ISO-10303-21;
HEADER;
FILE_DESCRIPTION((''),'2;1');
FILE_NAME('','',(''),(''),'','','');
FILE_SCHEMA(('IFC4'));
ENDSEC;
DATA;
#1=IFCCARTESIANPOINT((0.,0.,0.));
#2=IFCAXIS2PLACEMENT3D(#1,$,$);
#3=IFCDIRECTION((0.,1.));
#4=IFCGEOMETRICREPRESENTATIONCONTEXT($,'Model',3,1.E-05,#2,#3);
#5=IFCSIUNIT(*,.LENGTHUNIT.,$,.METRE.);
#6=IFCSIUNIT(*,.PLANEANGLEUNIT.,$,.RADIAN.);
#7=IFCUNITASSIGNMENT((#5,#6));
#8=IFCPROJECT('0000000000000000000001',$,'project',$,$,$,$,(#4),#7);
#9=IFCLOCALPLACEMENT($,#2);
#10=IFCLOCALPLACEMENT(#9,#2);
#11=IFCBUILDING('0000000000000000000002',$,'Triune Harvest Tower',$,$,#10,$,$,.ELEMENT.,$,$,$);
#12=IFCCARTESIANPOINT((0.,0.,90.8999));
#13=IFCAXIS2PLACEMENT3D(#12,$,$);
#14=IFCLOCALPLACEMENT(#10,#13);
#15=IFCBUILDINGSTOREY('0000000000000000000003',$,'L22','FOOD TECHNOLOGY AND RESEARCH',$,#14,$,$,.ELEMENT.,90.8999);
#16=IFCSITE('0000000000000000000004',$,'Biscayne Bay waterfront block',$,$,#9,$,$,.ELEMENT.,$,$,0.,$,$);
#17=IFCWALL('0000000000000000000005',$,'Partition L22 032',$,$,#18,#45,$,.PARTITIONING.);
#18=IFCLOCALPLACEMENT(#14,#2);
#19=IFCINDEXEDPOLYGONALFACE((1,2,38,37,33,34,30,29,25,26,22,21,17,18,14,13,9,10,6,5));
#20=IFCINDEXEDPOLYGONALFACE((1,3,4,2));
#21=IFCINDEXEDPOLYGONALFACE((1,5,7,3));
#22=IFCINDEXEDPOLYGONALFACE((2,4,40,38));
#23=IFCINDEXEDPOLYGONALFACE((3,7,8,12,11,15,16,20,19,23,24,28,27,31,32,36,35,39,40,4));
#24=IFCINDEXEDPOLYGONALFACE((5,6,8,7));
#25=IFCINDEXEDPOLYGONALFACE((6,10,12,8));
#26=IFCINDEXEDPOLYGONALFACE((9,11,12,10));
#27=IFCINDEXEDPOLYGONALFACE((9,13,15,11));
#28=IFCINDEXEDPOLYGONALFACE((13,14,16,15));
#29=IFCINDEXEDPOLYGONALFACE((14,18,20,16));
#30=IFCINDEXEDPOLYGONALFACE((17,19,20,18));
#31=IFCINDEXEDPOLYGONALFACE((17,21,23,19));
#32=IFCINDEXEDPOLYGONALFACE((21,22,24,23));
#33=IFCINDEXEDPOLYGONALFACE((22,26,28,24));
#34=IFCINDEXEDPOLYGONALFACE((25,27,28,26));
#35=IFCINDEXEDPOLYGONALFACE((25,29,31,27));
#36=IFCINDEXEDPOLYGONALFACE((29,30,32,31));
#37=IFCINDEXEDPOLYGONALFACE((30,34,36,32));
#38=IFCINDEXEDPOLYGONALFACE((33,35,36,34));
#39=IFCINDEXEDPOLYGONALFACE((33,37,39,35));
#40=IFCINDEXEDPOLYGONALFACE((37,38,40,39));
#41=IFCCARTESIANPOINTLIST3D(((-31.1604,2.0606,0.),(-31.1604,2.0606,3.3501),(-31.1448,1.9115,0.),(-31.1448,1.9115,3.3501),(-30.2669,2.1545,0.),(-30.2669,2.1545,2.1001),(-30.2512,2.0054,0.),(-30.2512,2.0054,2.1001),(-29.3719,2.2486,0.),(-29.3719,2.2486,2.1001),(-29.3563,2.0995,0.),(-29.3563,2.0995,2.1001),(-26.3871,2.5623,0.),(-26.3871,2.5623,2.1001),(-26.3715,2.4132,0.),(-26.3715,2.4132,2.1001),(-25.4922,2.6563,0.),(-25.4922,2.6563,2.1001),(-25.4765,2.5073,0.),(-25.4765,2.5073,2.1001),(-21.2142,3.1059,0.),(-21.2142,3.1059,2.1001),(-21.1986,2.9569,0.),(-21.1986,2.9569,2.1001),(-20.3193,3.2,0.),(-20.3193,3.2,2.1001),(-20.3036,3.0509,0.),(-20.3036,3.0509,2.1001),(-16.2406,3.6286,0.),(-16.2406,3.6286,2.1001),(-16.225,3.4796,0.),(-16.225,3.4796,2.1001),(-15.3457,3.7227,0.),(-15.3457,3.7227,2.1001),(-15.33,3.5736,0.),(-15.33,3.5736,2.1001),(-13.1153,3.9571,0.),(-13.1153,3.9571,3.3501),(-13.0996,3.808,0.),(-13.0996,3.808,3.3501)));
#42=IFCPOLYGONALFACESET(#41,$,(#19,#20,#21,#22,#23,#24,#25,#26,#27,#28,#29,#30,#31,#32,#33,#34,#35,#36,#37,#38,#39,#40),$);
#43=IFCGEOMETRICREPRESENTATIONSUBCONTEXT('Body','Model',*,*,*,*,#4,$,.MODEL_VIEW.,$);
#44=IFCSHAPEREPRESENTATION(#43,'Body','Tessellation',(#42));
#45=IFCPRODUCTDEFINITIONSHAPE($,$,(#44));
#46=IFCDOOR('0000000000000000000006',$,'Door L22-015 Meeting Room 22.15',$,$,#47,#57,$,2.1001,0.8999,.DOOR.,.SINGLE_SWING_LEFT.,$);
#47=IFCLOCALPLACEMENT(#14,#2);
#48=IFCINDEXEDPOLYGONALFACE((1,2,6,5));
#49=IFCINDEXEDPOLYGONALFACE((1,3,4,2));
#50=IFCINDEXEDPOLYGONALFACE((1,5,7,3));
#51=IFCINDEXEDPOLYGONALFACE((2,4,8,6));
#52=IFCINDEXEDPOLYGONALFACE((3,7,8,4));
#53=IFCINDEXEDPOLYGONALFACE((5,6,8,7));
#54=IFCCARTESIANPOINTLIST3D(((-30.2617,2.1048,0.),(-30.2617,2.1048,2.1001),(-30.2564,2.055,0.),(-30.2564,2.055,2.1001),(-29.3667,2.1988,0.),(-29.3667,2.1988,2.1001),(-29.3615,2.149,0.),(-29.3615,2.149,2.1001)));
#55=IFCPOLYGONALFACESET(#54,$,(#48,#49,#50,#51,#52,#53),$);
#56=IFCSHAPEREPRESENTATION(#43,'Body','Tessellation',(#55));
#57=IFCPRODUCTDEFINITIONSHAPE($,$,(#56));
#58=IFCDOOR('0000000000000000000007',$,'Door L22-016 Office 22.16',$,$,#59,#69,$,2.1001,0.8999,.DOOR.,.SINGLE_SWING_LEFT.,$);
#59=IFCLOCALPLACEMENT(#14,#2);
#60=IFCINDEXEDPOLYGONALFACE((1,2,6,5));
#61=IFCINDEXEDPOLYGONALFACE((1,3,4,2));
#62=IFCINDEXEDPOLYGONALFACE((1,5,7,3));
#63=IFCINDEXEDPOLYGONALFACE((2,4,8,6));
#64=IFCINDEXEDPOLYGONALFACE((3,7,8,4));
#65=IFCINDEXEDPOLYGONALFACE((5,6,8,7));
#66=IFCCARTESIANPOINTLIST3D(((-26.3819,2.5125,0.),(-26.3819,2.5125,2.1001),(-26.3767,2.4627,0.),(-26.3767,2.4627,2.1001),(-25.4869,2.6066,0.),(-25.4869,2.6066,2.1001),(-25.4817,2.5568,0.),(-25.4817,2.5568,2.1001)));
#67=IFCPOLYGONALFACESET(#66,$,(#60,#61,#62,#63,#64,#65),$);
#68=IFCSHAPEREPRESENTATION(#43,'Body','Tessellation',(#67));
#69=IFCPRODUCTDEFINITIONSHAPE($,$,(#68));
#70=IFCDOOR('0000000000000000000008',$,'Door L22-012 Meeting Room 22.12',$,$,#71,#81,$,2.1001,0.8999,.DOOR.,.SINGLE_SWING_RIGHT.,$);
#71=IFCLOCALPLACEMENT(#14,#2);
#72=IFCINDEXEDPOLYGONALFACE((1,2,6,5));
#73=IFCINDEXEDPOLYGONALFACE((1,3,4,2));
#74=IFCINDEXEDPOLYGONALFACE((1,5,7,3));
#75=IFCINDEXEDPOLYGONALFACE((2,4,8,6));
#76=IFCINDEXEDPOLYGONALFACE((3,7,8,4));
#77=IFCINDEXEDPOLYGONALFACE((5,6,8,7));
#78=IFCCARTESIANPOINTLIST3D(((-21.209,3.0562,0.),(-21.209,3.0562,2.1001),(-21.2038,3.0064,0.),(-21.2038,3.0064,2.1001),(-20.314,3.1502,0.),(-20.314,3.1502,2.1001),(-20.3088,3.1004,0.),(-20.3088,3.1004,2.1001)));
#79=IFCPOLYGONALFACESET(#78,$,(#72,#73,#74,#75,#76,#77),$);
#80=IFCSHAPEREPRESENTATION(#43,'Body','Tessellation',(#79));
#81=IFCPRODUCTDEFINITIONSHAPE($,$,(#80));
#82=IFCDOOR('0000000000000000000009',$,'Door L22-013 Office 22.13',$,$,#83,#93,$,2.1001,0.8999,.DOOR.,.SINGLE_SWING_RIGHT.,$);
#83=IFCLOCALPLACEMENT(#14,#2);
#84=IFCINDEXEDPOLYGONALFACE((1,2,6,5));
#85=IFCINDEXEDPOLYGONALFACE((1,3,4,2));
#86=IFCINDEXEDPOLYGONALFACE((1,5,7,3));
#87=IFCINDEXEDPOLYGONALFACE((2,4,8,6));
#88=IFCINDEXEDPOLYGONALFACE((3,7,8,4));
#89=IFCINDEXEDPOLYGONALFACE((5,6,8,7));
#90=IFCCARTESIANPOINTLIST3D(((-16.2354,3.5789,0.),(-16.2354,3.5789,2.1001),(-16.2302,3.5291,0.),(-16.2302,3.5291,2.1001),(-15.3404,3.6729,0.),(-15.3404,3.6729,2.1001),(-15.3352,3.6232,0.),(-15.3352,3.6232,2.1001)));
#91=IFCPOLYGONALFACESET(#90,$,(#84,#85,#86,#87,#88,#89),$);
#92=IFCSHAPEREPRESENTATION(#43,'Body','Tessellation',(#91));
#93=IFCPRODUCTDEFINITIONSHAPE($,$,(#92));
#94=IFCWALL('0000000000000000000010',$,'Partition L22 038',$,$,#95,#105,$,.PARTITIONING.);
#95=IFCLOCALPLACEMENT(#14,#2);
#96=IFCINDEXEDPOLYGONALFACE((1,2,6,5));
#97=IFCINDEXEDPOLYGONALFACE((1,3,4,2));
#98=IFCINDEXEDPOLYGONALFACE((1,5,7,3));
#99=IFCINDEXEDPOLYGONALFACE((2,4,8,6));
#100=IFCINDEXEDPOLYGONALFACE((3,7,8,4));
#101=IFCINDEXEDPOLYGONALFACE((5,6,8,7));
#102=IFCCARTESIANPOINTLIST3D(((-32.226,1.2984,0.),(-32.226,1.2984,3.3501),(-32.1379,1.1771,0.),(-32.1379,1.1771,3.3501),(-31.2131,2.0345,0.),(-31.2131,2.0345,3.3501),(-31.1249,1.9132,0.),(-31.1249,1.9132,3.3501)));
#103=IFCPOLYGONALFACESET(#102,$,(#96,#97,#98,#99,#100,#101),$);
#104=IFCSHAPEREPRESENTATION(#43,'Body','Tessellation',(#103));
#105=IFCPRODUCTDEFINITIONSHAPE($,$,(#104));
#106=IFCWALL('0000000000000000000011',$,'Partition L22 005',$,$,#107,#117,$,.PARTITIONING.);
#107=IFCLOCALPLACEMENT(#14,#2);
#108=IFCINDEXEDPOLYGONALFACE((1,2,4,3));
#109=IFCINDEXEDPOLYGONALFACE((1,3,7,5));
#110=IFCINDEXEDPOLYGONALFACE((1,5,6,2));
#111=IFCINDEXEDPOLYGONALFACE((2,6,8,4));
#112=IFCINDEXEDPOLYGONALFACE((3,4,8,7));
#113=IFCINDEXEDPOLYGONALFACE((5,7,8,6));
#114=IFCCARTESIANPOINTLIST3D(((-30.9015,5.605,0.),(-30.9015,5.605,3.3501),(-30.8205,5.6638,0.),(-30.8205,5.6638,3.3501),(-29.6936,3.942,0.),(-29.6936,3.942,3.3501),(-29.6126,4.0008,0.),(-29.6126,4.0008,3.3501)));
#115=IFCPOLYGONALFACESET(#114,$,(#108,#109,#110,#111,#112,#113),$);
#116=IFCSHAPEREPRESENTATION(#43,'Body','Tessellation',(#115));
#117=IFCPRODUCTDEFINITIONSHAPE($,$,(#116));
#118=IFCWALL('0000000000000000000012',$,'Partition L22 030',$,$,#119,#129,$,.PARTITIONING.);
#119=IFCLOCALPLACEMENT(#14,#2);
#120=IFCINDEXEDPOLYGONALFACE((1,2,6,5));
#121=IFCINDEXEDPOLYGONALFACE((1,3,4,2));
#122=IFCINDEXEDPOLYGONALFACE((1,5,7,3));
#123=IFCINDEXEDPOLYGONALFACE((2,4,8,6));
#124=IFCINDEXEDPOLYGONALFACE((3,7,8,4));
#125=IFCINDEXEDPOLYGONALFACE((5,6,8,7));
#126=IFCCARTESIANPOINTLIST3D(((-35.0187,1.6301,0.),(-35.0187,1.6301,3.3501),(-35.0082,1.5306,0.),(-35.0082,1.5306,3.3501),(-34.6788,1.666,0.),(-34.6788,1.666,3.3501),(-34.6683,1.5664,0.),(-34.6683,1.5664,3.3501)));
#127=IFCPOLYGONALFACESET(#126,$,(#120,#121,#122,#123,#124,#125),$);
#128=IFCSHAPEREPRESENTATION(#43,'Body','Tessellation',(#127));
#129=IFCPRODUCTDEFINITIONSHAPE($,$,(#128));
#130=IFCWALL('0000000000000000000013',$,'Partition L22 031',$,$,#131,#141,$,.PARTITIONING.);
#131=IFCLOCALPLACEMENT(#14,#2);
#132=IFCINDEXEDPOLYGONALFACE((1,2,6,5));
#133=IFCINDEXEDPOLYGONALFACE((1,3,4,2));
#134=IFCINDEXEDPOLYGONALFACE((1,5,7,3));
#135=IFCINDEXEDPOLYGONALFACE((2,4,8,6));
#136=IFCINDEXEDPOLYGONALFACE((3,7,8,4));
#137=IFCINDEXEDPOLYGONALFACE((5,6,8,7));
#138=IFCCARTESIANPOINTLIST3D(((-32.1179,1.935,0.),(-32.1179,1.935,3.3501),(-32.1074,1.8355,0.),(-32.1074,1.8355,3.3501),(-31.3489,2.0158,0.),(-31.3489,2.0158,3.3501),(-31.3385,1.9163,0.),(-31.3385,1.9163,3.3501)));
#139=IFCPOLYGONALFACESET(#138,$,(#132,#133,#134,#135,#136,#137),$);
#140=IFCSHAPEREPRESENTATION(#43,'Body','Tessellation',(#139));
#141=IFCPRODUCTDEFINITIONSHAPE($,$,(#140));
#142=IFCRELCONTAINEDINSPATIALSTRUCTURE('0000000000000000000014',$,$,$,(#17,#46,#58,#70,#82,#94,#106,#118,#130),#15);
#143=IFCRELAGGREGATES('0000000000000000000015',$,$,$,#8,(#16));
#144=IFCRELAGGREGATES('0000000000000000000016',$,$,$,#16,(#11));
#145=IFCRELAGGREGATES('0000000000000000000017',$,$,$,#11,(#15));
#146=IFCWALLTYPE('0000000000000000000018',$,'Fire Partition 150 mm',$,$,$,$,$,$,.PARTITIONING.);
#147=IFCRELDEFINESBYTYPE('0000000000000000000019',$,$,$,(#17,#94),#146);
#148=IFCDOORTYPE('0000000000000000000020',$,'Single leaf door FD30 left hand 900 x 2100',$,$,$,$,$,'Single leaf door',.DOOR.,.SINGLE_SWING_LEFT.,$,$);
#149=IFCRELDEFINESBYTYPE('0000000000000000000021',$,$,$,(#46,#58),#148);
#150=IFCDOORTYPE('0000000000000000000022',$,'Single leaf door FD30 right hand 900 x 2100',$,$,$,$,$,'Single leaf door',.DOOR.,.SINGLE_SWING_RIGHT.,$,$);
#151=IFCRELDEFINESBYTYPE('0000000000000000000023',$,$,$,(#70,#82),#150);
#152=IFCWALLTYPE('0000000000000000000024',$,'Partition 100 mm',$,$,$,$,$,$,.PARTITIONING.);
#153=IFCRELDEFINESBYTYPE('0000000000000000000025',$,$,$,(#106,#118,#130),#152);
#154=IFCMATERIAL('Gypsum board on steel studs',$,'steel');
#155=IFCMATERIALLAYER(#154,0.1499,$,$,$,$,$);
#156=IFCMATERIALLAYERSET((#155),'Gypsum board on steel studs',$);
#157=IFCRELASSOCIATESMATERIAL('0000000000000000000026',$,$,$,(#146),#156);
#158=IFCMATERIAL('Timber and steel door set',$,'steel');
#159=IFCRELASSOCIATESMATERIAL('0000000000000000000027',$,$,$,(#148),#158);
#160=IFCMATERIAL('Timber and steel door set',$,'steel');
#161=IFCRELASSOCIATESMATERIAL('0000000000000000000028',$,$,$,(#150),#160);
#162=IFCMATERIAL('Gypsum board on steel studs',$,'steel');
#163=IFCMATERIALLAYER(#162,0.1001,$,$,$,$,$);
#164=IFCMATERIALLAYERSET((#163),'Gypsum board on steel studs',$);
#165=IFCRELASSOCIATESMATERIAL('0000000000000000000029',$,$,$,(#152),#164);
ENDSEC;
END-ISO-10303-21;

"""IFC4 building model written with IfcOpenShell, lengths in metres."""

from ifc_helpers import new_model, si_unit, direction, frame, frame_2d, origin, place, context, subcontext, project, spatial, rectangle, extrude, material, layer, layer_set, type_object, element, fill, save


model = new_model("IFC4")

# Units and contexts
model_context = context("Model", 3, precision=1e-05, world=origin(), true_north=direction((0.0, 1.0)))
body_context = subcontext(model_context, "Body", "Model", "MODEL_VIEW")
ifc_project = project(units=[si_unit("LENGTHUNIT", "METRE"), si_unit("PLANEANGLEUNIT", "RADIAN")], contexts=[model_context])

# Site, building, storey
site_placement = place(None, origin())
site = spatial("IfcSite", under=ifc_project, at=site_placement, Name="Biscayne Bay waterfront block", CompositionType="ELEMENT", RefElevation=0.0)
building_placement = place(site_placement, origin())
building = spatial("IfcBuilding", under=site, at=building_placement, Name="Triune Harvest Tower", CompositionType="ELEMENT")
storey_placement = place(building_placement, frame((0.0, 0.0, 90.8999)))
storey = spatial("IfcBuildingStorey", under=building, at=storey_placement, Name="L22", Description="FOOD TECHNOLOGY AND RESEARCH", CompositionType="ELEMENT", Elevation=90.8999)

# Shared definitions
ifc_material_1 = material(Name="Gypsum board on steel studs", Category="steel")
ifc_layer_1 = layer(ifc_material_1, 0.1499)
ifc_layer_set_1 = layer_set([ifc_layer_1], Name="Gypsum board on steel studs")
wall_type_1 = type_object("IfcWallType", Name="Fire Partition 150 mm", PredefinedType="PARTITIONING", material=ifc_layer_set_1)

# Wall, openings, doors
wall_1_placement = place(storey_placement, frame((-31.1526, 1.9861, 0.0), z_axis=(0.0, 0.0, 1.0), x_axis=(0.994523, 0.104521, 0.0)))
wall_1 = element("IfcWall", 1, at=wall_1_placement, inside=storey, type_object=wall_type_1, Name="Partition L22 032", PredefinedType="PARTITIONING", context=body_context, shape_type="SweptSolid", body=[
    extrude(rectangle(XDim=18.1445, YDim=0.1499, at=frame_2d((9.0723, 0.0))), origin(), (0.0, 0.0, 1.0), 3.3501),
])
opening_1_placement = place(wall_1_placement, frame((10.001, 0.0, 0.0)))
opening_1 = element("IfcOpeningElement", 2, at=opening_1_placement, cuts=wall_1, PredefinedType="OPENING", context=body_context, shape_type="SweptSolid", body=[
    extrude(rectangle(XDim=0.8999, YDim=2.1001, at=frame_2d((0.45, 1.05))), frame((0.0, 0.085, 0.0), z_axis=(0.0, -1.0, 0.0), x_axis=(1.0, 0.0, 0.0)), (0.0, 0.0, 1.0), 0.1699),
])
opening_2_placement = place(wall_1_placement, frame((15.002, 0.0, 0.0)))
opening_2 = element("IfcOpeningElement", 3, at=opening_2_placement, cuts=wall_1, PredefinedType="OPENING", context=body_context, shape_type="SweptSolid", body=[
    extrude(rectangle(XDim=0.8999, YDim=2.1001, at=frame_2d((0.45, 1.05))), frame((0.0, 0.085, 0.0), z_axis=(0.0, -1.0, 0.0), x_axis=(1.0, 0.0, 0.0)), (0.0, 0.0, 1.0), 0.1699),
])
opening_3_placement = place(wall_1_placement, frame((0.8984, 0.0, 0.0)))
opening_3 = element("IfcOpeningElement", 4, at=opening_3_placement, cuts=wall_1, PredefinedType="OPENING", context=body_context, shape_type="SweptSolid", body=[
    extrude(rectangle(XDim=0.8999, YDim=2.1001, at=frame_2d((0.45, 1.05))), frame((0.0, 0.085, 0.0), z_axis=(0.0, -1.0, 0.0), x_axis=(1.0, 0.0, 0.0)), (0.0, 0.0, 1.0), 0.1699),
])
opening_4_placement = place(wall_1_placement, frame((4.7996, 0.0, 0.0)))
opening_4 = element("IfcOpeningElement", 5, at=opening_4_placement, cuts=wall_1, PredefinedType="OPENING", context=body_context, shape_type="SweptSolid", body=[
    extrude(rectangle(XDim=0.8999, YDim=2.1001, at=frame_2d((0.45, 1.05))), frame((0.0, 0.085, 0.0), z_axis=(0.0, -1.0, 0.0), x_axis=(1.0, 0.0, 0.0)), (0.0, 0.0, 1.0), 0.1699),
])
ifc_material_2 = material(Name="Timber and steel door set", Category="steel")
door_type_1 = type_object("IfcDoorType", Name="Single leaf door FD30 left hand 900 x 2100", ElementType="Single leaf door", OperationType="SINGLE_SWING_LEFT", PredefinedType="DOOR", material=ifc_material_2)
door_1_placement = place(opening_3_placement, origin())
door_1 = element("IfcDoor", 6, at=door_1_placement, inside=storey, type_object=door_type_1, Name="Door L22-015 Meeting Room 22.15", OperationType="SINGLE_SWING_LEFT", OverallHeight=2.1001, OverallWidth=0.8999, PredefinedType="DOOR", context=body_context, shape_type="SweptSolid", body=[
    extrude(rectangle(XDim=0.8999, YDim=2.1001, at=frame_2d((0.45, 1.05))), frame((0.0, 0.0249, 0.0), z_axis=(0.0, -1.0, 0.0), x_axis=(1.0, 0.0, 0.0)), (0.0, 0.0, 1.0), 0.05),
])
fill(opening_3, door_1)
door_2_placement = place(opening_4_placement, origin())
door_2 = element("IfcDoor", 7, at=door_2_placement, inside=storey, type_object=door_type_1, Name="Door L22-016 Office 22.16", OperationType="SINGLE_SWING_LEFT", OverallHeight=2.1001, OverallWidth=0.8999, PredefinedType="DOOR", context=body_context, shape_type="SweptSolid", body=[
    extrude(rectangle(XDim=0.8999, YDim=2.1001, at=frame_2d((0.45, 1.05))), frame((0.0, 0.0249, 0.0), z_axis=(0.0, -1.0, 0.0), x_axis=(1.0, 0.0, 0.0)), (0.0, 0.0, 1.0), 0.05),
])
fill(opening_4, door_2)
ifc_material_3 = material(Name="Timber and steel door set", Category="steel")
door_type_2 = type_object("IfcDoorType", Name="Single leaf door FD30 right hand 900 x 2100", ElementType="Single leaf door", OperationType="SINGLE_SWING_RIGHT", PredefinedType="DOOR", material=ifc_material_3)
door_3_placement = place(opening_1_placement, origin())
door_3 = element("IfcDoor", 8, at=door_3_placement, inside=storey, type_object=door_type_2, Name="Door L22-012 Meeting Room 22.12", OperationType="SINGLE_SWING_RIGHT", OverallHeight=2.1001, OverallWidth=0.8999, PredefinedType="DOOR", context=body_context, shape_type="SweptSolid", body=[
    extrude(rectangle(XDim=0.8999, YDim=2.1001, at=frame_2d((0.45, 1.05))), frame((0.0, 0.0249, 0.0), z_axis=(0.0, -1.0, 0.0), x_axis=(1.0, 0.0, 0.0)), (0.0, 0.0, 1.0), 0.05),
])
fill(opening_1, door_3)
door_4_placement = place(opening_2_placement, origin())
door_4 = element("IfcDoor", 9, at=door_4_placement, inside=storey, type_object=door_type_2, Name="Door L22-013 Office 22.13", OperationType="SINGLE_SWING_RIGHT", OverallHeight=2.1001, OverallWidth=0.8999, PredefinedType="DOOR", context=body_context, shape_type="SweptSolid", body=[
    extrude(rectangle(XDim=0.8999, YDim=2.1001, at=frame_2d((0.45, 1.05))), frame((0.0, 0.0249, 0.0), z_axis=(0.0, -1.0, 0.0), x_axis=(1.0, 0.0, 0.0)), (0.0, 0.0, 1.0), 0.05),
])
fill(opening_2, door_4)

# Walls
wall_2_placement = place(storey_placement, frame((-32.1819, 1.2378, 0.0), z_axis=(0.0, 0.0, 1.0), x_axis=(0.808964, 0.587859, 0.0)))
element("IfcWall", 10, at=wall_2_placement, inside=storey, type_object=wall_type_1, Name="Partition L22 038", PredefinedType="PARTITIONING", context=body_context, shape_type="SweptSolid", body=[
    extrude(rectangle(XDim=1.2522, YDim=0.1499, at=frame_2d((0.626, 0.0))), origin(), (0.0, 0.0, 1.0), 3.3501),
])
ifc_material_4 = material(Name="Gypsum board on steel studs", Category="steel")
ifc_layer_2 = layer(ifc_material_4, 0.1001)
ifc_layer_set_2 = layer_set([ifc_layer_2], Name="Gypsum board on steel studs")
wall_type_2 = type_object("IfcWallType", Name="Partition 100 mm", PredefinedType="PARTITIONING", material=ifc_layer_set_2)
wall_3_placement = place(storey_placement, frame((-30.8611, 5.6345, 0.0), z_axis=(0.0, 0.0, 1.0), x_axis=(0.587691, -0.809085, 0.0)))
element("IfcWall", 11, at=wall_3_placement, inside=storey, type_object=wall_type_2, Name="Partition L22 005", PredefinedType="PARTITIONING", context=body_context, shape_type="SweptSolid", body=[
    extrude(rectangle(XDim=2.0554, YDim=0.1001, at=frame_2d((1.0278, 0.0))), origin(), (0.0, 0.0, 1.0), 3.3501),
])
wall_4_placement = place(storey_placement, frame((-35.0134, 1.5803, 0.0), z_axis=(0.0, 0.0, 1.0), x_axis=(0.99447, 0.105019, 0.0)))
element("IfcWall", 12, at=wall_4_placement, inside=storey, type_object=wall_type_2, Name="Partition L22 030", PredefinedType="PARTITIONING", context=body_context, shape_type="SweptSolid", body=[
    extrude(rectangle(XDim=0.3418, YDim=0.1001, at=frame_2d((0.1709, 0.0))), origin(), (0.0, 0.0, 1.0), 3.3501),
])
wall_5_placement = place(storey_placement, frame((-32.1128, 1.8853, 0.0), z_axis=(0.0, 0.0, 1.0), x_axis=(0.994524, 0.104504, 0.0)))
element("IfcWall", 13, at=wall_5_placement, inside=storey, type_object=wall_type_2, Name="Partition L22 031", PredefinedType="PARTITIONING", context=body_context, shape_type="SweptSolid", body=[
    extrude(rectangle(XDim=0.7732, YDim=0.1001, at=frame_2d((0.3867, 0.0))), origin(), (0.0, 0.0, 1.0), 3.3501),
])

save(model, "model.ifc")
